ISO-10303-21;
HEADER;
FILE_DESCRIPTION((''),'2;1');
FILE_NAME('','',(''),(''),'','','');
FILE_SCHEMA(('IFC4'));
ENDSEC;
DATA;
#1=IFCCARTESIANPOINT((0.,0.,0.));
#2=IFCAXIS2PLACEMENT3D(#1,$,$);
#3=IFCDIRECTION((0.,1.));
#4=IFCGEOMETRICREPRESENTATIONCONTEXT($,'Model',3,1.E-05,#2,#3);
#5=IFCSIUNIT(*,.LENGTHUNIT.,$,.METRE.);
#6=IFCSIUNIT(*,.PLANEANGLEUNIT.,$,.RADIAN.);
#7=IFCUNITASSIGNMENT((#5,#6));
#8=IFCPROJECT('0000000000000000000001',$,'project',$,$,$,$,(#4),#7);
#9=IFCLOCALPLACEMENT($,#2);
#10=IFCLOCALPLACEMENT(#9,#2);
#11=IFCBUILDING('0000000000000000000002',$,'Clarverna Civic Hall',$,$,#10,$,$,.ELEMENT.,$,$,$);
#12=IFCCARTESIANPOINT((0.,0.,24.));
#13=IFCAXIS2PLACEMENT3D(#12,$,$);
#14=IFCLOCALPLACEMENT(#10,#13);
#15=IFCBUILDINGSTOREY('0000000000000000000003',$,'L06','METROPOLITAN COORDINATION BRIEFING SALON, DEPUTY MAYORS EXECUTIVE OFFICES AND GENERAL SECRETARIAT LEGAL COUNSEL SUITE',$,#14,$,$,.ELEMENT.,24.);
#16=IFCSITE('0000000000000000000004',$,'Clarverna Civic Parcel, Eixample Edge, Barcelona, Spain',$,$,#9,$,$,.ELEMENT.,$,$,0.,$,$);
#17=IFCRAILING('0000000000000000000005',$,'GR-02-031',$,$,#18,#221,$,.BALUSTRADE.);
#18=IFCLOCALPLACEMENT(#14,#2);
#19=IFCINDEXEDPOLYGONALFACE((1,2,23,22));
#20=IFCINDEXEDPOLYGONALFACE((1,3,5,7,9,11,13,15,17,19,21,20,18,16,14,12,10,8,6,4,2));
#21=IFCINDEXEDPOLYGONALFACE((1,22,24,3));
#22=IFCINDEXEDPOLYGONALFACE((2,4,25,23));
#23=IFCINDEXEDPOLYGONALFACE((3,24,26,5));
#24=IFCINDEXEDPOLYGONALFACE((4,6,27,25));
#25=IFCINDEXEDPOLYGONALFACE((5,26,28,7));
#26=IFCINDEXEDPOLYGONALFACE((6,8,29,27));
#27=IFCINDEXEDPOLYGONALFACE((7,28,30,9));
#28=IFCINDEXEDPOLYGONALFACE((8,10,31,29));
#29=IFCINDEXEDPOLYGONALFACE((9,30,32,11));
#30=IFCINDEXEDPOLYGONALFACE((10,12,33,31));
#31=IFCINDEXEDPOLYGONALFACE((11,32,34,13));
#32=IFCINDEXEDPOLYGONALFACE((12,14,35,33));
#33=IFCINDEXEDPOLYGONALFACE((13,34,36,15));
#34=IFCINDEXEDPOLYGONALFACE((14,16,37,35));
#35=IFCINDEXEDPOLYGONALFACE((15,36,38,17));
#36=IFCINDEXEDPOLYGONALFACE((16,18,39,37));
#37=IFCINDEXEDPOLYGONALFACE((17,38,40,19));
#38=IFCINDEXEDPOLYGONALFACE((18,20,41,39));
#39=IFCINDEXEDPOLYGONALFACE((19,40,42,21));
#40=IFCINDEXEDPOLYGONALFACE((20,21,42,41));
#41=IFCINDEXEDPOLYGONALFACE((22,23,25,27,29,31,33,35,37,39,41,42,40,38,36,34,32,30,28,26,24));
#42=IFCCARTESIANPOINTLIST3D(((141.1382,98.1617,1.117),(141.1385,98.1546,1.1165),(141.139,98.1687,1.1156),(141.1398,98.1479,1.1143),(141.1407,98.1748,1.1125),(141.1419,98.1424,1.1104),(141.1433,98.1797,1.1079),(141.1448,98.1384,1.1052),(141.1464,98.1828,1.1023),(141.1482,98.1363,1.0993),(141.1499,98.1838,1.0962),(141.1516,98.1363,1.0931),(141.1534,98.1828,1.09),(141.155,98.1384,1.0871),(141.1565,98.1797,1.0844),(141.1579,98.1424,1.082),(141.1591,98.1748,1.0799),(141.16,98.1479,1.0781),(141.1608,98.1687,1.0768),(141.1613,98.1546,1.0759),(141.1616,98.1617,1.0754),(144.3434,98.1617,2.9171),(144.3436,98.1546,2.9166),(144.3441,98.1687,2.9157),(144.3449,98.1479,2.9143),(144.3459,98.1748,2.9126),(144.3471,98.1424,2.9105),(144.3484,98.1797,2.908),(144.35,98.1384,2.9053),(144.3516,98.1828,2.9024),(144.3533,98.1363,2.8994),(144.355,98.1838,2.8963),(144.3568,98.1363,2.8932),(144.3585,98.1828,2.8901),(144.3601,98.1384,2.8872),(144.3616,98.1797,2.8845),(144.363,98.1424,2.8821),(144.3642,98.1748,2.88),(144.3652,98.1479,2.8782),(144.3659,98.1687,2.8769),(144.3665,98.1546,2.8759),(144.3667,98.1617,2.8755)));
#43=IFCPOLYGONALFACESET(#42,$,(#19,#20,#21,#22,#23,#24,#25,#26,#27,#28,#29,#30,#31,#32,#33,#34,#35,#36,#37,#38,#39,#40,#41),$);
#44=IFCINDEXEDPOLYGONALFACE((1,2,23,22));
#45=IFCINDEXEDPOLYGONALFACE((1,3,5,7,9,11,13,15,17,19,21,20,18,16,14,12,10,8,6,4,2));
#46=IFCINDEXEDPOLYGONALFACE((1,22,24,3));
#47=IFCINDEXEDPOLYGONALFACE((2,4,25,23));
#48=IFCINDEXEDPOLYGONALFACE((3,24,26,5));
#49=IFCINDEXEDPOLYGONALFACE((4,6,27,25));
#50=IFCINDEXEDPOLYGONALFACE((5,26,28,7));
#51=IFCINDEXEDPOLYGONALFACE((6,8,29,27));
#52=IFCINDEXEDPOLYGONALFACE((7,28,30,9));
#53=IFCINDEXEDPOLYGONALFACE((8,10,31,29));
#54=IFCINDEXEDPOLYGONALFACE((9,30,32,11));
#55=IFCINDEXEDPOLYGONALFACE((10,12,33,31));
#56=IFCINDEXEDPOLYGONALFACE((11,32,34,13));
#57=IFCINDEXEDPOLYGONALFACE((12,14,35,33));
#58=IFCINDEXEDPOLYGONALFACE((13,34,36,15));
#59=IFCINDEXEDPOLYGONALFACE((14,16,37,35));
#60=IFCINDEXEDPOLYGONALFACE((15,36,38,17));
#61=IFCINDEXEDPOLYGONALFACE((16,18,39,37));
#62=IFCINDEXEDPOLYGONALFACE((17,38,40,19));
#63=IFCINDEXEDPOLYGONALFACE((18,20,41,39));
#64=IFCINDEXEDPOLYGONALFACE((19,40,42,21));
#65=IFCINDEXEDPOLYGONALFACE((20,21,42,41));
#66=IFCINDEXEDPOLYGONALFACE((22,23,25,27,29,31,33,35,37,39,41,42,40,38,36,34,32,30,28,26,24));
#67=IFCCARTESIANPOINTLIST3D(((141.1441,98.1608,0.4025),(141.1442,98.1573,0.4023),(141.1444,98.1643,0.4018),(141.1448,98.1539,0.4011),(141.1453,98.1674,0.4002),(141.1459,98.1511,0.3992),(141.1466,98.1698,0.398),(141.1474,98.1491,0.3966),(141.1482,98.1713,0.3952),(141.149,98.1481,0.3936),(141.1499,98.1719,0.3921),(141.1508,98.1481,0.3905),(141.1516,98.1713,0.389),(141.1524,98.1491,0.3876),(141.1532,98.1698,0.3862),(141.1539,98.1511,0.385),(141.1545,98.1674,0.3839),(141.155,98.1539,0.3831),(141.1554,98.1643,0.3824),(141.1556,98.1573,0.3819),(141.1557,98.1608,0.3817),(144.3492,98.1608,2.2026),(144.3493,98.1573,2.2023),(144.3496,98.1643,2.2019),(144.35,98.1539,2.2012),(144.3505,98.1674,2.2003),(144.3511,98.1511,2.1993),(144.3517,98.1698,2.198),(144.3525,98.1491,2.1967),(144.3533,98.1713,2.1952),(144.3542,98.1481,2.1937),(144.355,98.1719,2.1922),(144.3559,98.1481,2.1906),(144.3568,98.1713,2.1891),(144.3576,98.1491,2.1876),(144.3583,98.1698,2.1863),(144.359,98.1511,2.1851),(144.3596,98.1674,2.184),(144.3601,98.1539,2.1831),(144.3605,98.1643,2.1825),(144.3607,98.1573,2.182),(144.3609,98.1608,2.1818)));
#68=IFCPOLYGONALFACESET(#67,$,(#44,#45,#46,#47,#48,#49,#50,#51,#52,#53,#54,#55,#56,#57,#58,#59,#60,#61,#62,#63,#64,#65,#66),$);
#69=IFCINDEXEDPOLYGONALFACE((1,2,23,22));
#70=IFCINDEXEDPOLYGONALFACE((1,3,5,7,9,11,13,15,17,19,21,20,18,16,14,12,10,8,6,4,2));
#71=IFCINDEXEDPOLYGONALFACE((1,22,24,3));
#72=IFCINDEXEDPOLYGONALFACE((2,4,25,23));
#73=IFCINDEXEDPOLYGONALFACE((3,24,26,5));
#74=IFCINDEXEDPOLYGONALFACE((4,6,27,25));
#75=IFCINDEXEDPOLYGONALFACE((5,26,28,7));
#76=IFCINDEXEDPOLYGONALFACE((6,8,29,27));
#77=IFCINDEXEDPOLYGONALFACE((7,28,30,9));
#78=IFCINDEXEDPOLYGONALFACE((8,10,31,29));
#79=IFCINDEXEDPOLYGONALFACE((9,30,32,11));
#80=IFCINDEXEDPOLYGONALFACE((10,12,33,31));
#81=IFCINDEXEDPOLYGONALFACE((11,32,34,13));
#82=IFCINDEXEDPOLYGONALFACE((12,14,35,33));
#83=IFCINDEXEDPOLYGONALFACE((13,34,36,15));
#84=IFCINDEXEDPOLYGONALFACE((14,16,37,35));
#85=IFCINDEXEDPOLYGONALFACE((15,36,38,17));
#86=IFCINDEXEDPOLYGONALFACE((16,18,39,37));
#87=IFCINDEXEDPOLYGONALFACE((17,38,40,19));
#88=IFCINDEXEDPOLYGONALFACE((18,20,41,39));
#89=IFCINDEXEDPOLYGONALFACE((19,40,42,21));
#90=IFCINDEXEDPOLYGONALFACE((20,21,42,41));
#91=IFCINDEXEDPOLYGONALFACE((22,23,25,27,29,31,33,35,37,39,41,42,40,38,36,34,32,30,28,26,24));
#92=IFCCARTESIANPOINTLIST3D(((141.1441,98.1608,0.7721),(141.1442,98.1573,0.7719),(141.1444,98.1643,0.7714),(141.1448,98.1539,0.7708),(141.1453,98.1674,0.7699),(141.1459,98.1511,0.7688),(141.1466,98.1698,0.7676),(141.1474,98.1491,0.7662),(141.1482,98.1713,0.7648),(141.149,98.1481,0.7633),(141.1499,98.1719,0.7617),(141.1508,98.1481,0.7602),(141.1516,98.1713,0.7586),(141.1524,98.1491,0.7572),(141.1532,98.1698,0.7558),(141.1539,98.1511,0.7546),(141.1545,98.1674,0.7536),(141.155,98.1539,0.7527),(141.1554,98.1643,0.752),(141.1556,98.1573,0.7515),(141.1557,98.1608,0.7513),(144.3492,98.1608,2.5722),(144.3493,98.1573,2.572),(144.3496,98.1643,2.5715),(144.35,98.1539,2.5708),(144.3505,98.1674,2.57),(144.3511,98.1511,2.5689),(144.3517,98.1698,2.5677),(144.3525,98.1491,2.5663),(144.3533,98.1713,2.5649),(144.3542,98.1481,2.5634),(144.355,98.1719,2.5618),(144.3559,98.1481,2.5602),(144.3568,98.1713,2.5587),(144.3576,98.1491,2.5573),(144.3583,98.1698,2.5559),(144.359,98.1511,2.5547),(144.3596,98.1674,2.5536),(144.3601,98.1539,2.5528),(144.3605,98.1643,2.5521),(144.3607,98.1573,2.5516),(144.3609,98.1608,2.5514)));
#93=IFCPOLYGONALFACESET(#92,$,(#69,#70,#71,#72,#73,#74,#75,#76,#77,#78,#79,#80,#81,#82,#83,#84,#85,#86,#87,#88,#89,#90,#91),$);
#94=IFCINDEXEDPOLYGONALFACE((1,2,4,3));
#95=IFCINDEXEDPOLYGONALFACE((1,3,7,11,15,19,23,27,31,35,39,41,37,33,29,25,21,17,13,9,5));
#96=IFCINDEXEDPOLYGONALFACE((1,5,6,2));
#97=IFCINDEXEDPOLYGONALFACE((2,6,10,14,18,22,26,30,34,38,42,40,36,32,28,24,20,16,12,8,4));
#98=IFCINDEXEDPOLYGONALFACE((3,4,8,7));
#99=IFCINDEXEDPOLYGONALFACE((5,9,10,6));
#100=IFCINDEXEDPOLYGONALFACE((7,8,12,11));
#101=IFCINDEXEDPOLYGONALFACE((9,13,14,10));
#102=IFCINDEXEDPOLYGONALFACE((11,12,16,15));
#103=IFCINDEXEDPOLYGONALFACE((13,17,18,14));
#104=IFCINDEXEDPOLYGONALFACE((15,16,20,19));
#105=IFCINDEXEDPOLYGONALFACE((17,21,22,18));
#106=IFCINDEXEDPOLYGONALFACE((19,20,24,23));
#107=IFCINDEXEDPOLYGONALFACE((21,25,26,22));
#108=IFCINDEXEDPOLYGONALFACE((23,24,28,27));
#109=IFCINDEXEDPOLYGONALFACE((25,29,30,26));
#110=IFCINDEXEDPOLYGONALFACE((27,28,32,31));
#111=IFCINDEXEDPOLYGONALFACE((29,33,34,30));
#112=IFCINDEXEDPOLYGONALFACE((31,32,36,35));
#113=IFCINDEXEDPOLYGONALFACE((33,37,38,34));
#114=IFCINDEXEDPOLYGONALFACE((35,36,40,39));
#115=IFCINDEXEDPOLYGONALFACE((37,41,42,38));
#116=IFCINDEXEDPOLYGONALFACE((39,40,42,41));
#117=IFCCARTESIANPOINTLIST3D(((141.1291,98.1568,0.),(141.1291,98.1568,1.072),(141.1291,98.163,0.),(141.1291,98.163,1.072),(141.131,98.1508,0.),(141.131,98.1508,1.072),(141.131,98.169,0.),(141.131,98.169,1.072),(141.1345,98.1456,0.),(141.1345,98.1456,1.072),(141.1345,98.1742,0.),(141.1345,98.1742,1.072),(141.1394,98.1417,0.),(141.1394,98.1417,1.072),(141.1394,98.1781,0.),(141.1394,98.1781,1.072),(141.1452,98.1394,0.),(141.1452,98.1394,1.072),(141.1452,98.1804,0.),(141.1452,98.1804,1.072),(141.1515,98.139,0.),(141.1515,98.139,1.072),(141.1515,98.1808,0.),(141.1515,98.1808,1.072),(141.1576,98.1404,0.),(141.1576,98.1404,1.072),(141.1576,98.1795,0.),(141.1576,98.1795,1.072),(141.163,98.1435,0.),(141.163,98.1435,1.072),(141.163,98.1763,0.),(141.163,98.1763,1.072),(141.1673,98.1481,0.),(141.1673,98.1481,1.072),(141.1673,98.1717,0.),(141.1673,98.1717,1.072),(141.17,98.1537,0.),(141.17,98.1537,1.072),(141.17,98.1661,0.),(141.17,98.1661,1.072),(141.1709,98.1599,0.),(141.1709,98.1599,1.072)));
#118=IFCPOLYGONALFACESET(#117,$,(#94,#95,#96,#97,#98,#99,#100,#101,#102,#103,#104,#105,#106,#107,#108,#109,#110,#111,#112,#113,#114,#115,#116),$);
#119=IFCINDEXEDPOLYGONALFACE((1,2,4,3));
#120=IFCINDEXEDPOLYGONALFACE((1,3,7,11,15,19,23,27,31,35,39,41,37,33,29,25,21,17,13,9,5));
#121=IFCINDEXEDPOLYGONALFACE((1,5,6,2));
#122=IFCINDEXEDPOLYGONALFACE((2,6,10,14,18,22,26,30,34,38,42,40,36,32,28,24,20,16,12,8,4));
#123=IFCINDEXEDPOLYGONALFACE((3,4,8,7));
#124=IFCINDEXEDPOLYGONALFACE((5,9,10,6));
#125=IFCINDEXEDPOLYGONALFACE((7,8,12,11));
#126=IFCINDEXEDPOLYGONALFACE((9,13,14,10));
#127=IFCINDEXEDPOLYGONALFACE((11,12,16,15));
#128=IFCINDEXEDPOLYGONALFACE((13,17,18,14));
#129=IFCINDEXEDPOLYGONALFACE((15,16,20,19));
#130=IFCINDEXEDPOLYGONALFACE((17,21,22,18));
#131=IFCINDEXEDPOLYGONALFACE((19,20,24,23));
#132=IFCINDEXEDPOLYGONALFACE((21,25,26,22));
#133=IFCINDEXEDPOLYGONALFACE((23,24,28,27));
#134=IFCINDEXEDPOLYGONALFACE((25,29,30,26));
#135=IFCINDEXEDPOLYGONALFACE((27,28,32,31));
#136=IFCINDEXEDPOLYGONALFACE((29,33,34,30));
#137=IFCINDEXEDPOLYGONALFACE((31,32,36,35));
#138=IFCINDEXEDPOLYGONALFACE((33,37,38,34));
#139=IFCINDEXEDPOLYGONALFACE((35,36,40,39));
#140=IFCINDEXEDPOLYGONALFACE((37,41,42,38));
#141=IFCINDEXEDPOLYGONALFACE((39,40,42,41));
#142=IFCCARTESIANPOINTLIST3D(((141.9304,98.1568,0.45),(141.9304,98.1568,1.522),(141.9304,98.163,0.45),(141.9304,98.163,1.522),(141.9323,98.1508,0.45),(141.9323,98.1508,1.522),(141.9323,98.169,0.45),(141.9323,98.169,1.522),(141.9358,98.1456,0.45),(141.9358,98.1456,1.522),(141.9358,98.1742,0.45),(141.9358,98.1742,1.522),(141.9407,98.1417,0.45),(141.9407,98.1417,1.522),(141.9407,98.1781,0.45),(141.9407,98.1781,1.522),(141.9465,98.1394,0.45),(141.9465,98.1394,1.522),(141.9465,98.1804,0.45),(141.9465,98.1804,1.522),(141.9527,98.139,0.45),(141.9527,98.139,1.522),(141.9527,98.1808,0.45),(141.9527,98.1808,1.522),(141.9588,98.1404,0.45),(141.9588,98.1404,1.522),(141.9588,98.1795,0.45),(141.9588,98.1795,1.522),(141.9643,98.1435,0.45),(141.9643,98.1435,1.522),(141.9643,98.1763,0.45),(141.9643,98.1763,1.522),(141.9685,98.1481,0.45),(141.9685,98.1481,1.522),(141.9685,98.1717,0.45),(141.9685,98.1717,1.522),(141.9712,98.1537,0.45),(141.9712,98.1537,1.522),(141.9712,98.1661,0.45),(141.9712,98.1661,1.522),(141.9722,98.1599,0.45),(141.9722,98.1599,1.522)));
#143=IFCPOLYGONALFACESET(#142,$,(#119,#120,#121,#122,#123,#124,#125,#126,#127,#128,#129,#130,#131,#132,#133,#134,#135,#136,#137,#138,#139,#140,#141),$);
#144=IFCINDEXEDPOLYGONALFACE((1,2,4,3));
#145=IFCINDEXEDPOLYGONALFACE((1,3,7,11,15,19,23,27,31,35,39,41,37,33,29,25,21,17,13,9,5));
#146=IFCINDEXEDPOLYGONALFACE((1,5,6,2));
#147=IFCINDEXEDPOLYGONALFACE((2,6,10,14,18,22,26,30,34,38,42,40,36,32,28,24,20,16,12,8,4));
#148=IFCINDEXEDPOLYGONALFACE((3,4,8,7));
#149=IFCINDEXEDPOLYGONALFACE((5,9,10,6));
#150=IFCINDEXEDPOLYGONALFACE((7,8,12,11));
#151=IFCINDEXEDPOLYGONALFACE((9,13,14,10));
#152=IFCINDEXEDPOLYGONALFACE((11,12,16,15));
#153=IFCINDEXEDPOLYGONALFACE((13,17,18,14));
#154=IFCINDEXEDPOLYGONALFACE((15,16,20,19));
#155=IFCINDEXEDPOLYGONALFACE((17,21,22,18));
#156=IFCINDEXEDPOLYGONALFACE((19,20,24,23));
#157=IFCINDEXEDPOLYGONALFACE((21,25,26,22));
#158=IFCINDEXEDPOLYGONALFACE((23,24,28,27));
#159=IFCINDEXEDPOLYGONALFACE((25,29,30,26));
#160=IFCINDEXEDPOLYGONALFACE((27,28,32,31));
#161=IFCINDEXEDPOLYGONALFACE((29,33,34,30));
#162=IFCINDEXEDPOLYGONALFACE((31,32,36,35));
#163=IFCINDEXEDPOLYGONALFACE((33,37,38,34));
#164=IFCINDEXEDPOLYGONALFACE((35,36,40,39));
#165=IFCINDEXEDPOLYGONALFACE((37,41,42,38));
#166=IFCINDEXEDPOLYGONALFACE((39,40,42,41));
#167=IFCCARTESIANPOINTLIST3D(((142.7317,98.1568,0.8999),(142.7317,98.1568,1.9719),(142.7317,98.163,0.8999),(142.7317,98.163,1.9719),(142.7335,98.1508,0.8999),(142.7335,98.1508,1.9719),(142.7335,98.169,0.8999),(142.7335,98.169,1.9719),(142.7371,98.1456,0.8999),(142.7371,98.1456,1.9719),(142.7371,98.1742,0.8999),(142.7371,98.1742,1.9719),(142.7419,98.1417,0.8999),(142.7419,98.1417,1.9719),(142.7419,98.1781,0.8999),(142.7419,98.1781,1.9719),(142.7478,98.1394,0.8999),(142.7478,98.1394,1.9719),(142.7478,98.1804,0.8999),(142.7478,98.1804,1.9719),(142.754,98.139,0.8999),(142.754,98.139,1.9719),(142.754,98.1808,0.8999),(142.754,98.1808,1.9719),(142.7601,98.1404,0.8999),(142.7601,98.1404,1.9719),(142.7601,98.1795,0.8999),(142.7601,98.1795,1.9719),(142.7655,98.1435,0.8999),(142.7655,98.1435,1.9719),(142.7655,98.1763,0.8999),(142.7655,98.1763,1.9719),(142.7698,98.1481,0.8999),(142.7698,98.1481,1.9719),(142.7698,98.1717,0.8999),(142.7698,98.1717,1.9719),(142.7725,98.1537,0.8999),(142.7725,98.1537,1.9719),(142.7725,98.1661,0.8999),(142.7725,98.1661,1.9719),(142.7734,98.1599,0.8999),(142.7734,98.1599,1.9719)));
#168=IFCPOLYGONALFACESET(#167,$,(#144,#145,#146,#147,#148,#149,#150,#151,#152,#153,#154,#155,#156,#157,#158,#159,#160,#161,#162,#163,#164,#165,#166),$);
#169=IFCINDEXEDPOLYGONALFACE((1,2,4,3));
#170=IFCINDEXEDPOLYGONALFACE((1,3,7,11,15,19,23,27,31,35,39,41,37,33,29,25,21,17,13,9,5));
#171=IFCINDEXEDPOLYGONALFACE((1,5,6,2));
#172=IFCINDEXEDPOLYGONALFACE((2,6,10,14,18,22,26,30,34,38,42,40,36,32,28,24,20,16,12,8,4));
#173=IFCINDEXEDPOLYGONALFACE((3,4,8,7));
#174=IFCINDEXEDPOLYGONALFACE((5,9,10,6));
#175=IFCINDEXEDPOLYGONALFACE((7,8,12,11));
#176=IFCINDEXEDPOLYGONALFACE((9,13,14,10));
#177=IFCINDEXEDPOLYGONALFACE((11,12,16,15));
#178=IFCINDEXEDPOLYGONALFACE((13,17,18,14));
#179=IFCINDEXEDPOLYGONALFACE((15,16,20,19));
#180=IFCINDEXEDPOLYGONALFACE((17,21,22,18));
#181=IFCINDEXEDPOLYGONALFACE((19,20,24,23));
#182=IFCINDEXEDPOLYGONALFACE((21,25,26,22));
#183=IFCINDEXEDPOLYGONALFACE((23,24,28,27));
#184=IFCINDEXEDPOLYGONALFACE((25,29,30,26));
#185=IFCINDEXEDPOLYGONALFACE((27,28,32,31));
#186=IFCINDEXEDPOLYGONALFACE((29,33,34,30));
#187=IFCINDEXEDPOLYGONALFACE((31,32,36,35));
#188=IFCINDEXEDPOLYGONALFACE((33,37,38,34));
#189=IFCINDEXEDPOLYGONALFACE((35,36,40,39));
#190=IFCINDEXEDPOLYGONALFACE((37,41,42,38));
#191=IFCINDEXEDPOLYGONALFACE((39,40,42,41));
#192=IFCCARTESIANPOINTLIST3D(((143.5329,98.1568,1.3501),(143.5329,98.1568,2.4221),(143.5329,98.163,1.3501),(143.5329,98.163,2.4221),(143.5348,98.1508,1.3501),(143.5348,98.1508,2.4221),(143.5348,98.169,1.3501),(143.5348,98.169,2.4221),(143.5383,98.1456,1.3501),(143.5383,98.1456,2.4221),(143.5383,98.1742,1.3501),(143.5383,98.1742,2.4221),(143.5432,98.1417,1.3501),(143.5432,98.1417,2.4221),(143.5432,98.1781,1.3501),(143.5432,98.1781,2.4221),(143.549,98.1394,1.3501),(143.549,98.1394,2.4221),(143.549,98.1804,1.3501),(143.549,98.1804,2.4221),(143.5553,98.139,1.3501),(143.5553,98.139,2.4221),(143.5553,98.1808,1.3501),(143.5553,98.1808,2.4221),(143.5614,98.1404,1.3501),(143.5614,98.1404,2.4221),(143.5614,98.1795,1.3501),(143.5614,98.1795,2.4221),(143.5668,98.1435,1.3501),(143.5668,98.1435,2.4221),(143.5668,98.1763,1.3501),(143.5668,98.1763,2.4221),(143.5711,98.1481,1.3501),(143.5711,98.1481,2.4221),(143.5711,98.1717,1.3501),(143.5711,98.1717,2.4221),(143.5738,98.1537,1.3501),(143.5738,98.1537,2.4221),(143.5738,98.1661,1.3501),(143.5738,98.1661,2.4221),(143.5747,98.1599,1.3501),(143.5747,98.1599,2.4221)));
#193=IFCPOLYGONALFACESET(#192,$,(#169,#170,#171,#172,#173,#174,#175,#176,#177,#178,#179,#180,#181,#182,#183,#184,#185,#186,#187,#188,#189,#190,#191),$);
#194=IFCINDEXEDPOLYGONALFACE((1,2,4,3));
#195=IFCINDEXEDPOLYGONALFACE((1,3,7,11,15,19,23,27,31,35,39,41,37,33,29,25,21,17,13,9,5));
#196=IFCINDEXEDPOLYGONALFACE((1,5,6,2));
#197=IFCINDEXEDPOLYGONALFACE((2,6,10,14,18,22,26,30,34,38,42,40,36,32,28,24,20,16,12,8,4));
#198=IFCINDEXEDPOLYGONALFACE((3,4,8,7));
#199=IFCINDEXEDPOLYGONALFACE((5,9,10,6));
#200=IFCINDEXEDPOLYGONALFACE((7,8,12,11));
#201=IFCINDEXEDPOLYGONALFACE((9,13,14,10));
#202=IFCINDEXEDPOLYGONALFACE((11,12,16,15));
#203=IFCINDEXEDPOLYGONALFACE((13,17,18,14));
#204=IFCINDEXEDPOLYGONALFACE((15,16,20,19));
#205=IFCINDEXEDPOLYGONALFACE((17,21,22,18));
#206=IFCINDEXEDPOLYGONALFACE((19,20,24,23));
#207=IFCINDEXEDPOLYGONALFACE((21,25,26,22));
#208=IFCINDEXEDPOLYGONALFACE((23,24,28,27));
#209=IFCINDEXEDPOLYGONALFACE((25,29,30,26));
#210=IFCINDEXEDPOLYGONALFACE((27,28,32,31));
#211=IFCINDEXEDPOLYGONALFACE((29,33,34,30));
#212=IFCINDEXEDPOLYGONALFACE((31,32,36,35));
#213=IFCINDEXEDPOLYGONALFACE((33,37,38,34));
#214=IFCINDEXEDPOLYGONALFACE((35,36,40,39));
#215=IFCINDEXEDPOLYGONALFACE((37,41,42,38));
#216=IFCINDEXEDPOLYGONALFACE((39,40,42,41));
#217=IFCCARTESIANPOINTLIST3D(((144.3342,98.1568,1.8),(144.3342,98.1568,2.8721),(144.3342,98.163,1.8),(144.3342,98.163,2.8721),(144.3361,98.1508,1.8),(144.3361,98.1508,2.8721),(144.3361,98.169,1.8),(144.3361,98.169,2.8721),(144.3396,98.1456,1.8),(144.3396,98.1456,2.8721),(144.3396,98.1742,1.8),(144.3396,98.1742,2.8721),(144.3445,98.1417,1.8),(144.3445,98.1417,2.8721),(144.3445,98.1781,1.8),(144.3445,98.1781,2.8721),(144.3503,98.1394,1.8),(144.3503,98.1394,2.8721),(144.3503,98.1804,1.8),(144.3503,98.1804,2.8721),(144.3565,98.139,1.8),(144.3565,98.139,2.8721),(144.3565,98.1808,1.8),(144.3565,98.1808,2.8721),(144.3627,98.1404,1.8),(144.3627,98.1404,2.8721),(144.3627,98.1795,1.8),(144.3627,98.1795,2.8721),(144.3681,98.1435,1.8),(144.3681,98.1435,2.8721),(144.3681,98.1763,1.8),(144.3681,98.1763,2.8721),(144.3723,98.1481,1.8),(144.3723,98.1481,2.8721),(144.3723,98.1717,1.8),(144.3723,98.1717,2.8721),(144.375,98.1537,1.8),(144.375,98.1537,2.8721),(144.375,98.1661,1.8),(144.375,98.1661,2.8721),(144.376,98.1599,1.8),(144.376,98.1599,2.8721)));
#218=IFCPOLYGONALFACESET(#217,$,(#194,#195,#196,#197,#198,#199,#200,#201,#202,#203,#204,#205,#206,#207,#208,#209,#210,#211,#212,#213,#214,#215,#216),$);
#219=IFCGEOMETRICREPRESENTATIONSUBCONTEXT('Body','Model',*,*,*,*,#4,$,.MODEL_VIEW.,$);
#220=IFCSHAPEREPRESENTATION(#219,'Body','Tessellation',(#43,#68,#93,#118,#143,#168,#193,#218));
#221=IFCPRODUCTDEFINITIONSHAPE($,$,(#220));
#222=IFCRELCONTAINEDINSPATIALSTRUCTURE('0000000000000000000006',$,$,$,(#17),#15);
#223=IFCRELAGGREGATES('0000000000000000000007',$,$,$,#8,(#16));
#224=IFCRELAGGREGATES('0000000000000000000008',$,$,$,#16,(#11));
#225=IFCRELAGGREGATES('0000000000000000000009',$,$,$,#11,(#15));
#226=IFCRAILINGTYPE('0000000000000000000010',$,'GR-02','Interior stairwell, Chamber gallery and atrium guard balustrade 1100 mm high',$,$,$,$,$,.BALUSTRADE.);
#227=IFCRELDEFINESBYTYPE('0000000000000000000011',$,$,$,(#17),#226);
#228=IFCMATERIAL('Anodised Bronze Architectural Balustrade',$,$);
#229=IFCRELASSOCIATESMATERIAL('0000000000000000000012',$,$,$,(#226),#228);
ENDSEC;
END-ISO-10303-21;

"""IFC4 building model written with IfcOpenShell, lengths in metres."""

from ifc_helpers import new_model, si_unit, direction, frame, origin, origin_2d, place, context, subcontext, project, spatial, circle, extrude, material, type_object, element, save


model = new_model("IFC4")

# Units and contexts
model_context = context("Model", 3, precision=1e-05, world=origin(), true_north=direction((0.0, 1.0)))
body_context = subcontext(model_context, "Body", "Model", "MODEL_VIEW")
ifc_project = project(units=[si_unit("LENGTHUNIT", "METRE"), si_unit("PLANEANGLEUNIT", "RADIAN")], contexts=[model_context])

# Site, building, storey
site_placement = place(None, origin())
site = spatial("IfcSite", under=ifc_project, at=site_placement, Name="Clarverna Civic Parcel, Eixample Edge, Barcelona, Spain", CompositionType="ELEMENT", RefElevation=0.0)
building_placement = place(site_placement, origin())
building = spatial("IfcBuilding", under=site, at=building_placement, Name="Clarverna Civic Hall", CompositionType="ELEMENT")
storey_placement = place(building_placement, frame((0.0, 0.0, 24.0)))
storey = spatial("IfcBuildingStorey", under=building, at=storey_placement, Name="L06", Description="METROPOLITAN COORDINATION BRIEFING SALON, DEPUTY MAYORS EXECUTIVE OFFICES AND GENERAL SECRETARIAT LEGAL COUNSEL SUITE", CompositionType="ELEMENT", Elevation=24.0)

# Railing
ifc_material_1 = material(Name="Anodised Bronze Architectural Balustrade")
railing_type_1 = type_object("IfcRailingType", Name="GR-02", Description="Interior stairwell, Chamber gallery and atrium guard balustrade 1100 mm high", PredefinedType="BALUSTRADE", material=ifc_material_1)
railing_1_placement = place(storey_placement, frame((141.1499, 98.1599, 0.0)))
element("IfcRailing", 1, at=railing_1_placement, inside=storey, type_object=railing_type_1, Name="GR-02-031", PredefinedType="BALUSTRADE", context=body_context, shape_type="SweptSolid", body=[
    extrude(circle(Radius=0.0239, at=origin_2d()), frame((0.0, 0.0, 1.0962), z_axis=(0.871902, 0.0, 0.489681), x_axis=(0.0, 1.0, 0.0)), (0.0, 0.0, 1.0), 3.676),
    extrude(circle(Radius=0.012, at=origin_2d()), frame((0.0, 0.0, 0.3921), z_axis=(0.871902, 0.0, 0.489681), x_axis=(0.0, 1.0, 0.0)), (0.0, 0.0, 1.0), 3.676),
    extrude(circle(Radius=0.012, at=origin_2d()), frame((0.0, 0.0, 0.7617), z_axis=(0.871902, 0.0, 0.489681), x_axis=(0.0, 1.0, 0.0)), (0.0, 0.0, 1.0), 3.676),
    extrude(circle(Radius=0.021, at=origin_2d()), origin(), (0.0, 0.0, 1.0), 1.072),
    extrude(circle(Radius=0.021, at=origin_2d()), frame((0.8013, 0.0, 0.45)), (0.0, 0.0, 1.0), 1.072),
    extrude(circle(Radius=0.021, at=origin_2d()), frame((1.6025, 0.0, 0.8999)), (0.0, 0.0, 1.0), 1.072),
    extrude(circle(Radius=0.021, at=origin_2d()), frame((2.4038, 0.0, 1.3501)), (0.0, 0.0, 1.0), 1.072),
    extrude(circle(Radius=0.021, at=origin_2d()), frame((3.2051, 0.0, 1.8)), (0.0, 0.0, 1.0), 1.072),
])

save(model, "model.ifc")
